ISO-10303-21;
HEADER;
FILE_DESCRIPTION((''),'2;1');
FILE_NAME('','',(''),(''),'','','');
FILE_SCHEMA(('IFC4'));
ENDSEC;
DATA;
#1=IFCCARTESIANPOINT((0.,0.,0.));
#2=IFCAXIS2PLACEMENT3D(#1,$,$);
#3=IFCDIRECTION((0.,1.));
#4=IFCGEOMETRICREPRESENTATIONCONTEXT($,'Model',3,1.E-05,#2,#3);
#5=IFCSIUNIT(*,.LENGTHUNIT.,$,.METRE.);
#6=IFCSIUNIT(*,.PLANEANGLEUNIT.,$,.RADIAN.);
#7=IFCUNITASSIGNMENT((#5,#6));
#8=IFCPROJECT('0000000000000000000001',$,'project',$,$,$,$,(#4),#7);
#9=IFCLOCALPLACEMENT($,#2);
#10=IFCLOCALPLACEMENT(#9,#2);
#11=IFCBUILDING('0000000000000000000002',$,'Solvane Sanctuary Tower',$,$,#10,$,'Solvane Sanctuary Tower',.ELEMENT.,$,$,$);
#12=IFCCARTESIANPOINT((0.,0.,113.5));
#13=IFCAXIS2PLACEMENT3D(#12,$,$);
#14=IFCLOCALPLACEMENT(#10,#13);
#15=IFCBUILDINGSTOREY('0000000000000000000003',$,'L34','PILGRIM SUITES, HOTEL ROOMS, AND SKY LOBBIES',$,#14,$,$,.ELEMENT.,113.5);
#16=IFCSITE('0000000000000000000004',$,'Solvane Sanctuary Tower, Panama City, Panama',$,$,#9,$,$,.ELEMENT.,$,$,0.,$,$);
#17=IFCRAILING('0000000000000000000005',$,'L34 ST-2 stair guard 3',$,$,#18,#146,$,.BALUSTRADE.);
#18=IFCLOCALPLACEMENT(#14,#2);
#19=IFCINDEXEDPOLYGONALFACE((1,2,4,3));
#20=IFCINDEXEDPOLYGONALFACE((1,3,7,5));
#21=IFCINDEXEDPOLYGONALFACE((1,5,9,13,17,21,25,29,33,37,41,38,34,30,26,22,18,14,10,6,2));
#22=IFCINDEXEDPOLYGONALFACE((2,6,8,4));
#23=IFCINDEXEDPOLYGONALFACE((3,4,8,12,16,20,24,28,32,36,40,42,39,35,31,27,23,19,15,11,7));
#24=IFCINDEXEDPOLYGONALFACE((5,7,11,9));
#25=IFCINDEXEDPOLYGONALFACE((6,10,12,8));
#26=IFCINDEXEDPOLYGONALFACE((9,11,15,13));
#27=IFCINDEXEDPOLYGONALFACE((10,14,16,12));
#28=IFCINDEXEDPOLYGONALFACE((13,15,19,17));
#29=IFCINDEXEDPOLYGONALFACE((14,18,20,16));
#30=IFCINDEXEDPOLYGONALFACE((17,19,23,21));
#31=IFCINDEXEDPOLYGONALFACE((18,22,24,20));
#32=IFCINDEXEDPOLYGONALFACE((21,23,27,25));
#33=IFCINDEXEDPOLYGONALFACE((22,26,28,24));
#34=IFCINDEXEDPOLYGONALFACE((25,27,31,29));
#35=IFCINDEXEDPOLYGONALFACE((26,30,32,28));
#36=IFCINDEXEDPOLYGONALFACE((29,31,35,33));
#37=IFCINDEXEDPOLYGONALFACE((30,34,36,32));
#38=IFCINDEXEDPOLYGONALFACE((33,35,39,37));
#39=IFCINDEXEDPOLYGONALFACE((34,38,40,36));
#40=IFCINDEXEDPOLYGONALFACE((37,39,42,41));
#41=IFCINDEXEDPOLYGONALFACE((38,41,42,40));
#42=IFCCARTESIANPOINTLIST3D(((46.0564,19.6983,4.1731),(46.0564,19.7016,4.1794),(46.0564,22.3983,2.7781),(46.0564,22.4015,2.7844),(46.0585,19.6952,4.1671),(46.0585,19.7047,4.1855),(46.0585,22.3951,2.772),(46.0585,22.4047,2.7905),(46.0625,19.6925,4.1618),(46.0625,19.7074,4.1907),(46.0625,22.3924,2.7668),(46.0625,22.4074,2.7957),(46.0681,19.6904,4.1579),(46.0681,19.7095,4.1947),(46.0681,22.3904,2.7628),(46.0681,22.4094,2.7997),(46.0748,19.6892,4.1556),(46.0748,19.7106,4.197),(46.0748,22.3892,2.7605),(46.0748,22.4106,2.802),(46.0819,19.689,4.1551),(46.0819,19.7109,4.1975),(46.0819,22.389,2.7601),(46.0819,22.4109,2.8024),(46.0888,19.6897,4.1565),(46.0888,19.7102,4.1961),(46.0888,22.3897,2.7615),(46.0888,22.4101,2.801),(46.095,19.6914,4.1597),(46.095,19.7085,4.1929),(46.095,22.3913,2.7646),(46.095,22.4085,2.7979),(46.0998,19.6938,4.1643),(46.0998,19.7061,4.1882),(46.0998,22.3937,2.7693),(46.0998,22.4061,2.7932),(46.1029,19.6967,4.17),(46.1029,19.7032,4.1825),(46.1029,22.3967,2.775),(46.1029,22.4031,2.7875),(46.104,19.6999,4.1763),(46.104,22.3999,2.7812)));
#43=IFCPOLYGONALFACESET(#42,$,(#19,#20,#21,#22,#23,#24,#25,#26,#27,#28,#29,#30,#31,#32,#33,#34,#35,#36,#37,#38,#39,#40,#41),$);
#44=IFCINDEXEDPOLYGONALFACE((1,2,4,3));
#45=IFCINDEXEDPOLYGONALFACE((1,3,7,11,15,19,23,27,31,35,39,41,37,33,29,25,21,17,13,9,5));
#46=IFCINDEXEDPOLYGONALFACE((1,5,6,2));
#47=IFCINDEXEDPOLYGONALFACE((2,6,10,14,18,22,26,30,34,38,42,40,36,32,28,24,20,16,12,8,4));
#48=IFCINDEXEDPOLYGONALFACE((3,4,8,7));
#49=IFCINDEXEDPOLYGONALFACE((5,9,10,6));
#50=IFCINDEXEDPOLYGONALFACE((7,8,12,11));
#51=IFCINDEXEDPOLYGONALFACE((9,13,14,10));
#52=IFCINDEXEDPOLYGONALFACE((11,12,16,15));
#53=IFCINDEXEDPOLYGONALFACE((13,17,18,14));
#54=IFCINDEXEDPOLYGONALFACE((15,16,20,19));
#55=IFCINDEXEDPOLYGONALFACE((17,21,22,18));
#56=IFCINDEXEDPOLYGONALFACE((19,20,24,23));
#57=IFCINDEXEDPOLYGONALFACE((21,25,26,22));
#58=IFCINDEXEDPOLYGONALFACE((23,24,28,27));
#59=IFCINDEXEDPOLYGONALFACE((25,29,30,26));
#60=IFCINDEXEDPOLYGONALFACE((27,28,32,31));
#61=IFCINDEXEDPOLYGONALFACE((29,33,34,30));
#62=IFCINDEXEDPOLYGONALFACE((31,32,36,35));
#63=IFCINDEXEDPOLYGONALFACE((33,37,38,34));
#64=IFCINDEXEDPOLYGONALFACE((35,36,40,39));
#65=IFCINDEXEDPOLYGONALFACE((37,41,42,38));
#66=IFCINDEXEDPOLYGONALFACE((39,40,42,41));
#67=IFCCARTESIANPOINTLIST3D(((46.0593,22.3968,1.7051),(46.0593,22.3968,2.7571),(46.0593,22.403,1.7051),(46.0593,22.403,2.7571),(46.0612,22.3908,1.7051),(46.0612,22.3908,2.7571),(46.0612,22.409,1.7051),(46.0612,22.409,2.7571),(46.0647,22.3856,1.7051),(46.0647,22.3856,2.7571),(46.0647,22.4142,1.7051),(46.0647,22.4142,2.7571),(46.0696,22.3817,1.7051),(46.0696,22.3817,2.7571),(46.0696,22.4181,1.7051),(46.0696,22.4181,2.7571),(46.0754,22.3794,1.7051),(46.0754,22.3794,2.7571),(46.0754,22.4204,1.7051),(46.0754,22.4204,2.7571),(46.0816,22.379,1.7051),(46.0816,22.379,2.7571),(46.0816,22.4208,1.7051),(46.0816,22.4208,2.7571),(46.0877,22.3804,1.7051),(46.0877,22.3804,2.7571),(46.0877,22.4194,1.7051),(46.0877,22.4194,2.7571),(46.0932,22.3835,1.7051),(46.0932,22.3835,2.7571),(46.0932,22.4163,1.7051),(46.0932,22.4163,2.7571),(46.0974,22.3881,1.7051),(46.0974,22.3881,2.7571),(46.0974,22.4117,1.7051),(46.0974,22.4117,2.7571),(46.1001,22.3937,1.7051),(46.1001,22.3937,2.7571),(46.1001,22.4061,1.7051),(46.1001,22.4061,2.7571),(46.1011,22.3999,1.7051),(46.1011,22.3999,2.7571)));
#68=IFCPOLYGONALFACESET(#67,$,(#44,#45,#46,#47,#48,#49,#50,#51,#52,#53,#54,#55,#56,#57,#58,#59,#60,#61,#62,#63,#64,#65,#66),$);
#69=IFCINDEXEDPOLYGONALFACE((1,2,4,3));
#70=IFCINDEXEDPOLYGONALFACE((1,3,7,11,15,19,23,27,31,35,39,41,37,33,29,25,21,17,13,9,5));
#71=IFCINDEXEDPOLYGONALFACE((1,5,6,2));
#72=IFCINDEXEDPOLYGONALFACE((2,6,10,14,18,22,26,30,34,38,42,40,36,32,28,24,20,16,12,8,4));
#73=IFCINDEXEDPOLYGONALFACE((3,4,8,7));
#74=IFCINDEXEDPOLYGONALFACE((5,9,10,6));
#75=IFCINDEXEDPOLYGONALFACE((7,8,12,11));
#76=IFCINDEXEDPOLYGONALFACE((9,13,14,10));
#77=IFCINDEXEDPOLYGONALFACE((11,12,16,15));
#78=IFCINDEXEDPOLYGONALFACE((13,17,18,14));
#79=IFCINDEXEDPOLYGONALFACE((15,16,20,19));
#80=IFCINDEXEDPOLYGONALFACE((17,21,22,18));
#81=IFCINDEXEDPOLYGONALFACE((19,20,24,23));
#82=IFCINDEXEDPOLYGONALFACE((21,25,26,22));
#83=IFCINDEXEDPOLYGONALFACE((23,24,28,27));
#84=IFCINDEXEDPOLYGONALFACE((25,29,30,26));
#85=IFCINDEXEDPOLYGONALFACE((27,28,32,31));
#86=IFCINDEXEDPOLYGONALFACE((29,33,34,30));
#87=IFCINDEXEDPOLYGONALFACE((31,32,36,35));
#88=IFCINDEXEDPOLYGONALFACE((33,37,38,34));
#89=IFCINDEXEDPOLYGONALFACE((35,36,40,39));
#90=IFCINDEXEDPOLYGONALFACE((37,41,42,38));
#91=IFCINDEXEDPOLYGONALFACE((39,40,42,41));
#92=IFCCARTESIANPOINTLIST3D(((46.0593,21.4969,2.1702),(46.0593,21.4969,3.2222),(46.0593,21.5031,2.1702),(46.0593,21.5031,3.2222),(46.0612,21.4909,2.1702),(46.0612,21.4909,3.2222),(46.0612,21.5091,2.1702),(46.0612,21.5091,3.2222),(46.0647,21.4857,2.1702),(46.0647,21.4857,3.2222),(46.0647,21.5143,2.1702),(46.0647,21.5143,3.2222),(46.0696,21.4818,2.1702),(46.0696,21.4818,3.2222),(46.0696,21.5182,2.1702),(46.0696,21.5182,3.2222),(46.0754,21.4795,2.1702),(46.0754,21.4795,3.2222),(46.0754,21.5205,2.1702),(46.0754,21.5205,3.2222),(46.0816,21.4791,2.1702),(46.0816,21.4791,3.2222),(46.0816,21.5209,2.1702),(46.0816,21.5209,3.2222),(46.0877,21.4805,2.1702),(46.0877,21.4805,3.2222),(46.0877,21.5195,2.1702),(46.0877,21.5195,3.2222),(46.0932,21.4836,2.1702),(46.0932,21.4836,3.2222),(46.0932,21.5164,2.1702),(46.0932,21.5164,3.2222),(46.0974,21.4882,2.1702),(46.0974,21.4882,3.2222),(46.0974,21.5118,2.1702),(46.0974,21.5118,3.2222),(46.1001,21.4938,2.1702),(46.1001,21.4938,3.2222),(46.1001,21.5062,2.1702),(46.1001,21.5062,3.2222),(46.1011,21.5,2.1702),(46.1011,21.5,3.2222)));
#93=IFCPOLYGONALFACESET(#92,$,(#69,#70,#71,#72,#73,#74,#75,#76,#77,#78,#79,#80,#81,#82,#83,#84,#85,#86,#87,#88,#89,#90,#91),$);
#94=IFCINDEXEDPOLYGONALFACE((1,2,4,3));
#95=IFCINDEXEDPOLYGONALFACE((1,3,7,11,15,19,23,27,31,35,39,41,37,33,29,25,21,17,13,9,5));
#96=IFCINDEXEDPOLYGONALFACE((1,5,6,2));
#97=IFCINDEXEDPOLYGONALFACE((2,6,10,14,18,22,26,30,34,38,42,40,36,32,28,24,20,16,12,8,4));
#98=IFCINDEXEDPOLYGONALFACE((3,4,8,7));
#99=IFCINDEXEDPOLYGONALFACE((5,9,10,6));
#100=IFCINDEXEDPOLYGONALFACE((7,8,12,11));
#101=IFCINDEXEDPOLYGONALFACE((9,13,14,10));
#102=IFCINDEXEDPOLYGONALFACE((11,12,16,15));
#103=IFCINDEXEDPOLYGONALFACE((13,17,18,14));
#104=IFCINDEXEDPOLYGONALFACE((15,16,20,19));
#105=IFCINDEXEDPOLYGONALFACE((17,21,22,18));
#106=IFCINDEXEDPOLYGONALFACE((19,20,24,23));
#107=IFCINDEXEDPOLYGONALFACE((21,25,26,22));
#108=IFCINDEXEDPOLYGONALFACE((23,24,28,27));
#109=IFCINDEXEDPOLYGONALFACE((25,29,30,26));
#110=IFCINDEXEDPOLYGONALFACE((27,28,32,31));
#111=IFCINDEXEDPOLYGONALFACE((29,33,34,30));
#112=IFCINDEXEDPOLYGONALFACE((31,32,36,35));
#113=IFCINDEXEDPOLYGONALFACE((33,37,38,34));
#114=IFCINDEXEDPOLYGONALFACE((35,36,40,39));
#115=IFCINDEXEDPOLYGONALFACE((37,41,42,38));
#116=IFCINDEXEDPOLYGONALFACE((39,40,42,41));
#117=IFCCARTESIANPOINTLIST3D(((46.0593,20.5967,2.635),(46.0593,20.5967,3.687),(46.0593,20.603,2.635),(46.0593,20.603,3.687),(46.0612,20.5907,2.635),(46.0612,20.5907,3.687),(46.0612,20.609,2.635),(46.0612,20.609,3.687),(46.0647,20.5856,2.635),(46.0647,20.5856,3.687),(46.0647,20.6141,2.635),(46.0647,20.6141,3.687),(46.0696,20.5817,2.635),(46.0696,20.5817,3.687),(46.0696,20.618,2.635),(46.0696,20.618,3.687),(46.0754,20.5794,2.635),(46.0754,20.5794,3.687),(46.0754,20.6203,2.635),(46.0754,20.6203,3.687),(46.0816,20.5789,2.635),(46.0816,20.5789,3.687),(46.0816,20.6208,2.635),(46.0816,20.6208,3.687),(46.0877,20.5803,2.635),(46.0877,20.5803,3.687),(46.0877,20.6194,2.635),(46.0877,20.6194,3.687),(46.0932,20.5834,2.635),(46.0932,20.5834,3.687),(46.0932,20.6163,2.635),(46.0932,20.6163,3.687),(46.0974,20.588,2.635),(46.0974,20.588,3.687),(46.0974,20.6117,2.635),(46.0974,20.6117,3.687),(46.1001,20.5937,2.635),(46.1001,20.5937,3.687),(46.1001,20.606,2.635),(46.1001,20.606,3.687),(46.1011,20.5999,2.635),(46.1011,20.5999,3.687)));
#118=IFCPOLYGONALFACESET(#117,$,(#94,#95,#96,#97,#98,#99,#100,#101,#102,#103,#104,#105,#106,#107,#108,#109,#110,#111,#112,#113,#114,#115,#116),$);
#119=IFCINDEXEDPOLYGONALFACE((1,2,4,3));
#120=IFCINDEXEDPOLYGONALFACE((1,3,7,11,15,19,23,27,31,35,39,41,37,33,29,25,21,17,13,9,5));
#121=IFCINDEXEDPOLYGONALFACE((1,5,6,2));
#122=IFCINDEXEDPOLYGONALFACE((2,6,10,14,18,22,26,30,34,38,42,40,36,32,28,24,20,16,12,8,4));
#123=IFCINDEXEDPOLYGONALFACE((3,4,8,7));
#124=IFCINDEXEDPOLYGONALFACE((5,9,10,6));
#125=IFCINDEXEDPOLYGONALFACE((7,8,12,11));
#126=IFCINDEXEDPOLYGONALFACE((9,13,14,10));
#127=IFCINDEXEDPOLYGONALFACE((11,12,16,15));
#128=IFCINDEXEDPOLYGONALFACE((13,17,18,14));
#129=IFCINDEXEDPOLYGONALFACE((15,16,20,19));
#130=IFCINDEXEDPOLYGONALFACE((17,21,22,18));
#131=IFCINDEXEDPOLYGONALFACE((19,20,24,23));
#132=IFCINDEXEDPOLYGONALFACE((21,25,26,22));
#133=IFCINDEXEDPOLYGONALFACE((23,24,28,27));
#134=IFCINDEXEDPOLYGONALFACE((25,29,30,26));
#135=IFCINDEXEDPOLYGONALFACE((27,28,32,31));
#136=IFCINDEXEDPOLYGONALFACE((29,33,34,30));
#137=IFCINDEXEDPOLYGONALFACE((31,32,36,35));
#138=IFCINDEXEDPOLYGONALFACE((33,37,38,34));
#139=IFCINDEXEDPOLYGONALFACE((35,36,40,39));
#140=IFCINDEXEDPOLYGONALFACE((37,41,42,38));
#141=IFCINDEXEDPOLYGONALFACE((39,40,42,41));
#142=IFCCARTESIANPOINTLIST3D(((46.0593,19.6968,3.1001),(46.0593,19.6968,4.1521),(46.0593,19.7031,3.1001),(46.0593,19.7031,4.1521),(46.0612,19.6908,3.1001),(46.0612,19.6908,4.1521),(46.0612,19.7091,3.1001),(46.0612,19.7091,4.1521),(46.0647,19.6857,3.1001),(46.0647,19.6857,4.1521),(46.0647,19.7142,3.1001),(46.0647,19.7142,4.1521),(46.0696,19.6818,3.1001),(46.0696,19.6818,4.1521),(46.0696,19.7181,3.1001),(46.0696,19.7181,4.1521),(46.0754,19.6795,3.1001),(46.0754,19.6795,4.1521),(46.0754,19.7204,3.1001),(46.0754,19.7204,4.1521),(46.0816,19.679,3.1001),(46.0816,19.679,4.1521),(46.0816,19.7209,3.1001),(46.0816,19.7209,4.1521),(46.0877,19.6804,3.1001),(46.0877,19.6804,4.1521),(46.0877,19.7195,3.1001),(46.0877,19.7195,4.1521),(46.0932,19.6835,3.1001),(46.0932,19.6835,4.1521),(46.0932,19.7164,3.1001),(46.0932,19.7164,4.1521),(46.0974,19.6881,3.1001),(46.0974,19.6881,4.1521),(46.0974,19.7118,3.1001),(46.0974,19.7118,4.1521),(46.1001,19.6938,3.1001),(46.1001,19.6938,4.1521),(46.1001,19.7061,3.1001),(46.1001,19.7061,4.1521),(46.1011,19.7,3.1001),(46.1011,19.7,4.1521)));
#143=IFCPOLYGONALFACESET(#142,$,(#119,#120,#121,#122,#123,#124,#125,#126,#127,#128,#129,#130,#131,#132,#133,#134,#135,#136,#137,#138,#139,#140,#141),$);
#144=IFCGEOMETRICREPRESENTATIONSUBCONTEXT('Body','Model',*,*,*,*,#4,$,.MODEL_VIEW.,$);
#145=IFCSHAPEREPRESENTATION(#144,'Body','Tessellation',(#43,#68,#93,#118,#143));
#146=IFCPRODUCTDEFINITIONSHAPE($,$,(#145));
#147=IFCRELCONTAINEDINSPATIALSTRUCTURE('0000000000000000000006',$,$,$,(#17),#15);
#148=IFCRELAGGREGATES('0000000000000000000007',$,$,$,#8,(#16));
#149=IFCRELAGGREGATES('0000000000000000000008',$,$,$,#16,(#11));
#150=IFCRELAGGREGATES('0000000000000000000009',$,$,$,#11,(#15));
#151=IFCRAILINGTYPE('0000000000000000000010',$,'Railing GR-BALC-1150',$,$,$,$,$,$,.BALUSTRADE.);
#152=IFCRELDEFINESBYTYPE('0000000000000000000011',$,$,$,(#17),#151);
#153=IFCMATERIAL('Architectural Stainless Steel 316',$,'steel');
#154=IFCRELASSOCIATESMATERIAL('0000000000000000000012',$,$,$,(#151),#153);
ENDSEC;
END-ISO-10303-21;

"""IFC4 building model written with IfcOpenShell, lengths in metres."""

from ifc_helpers import new_model, si_unit, direction, frame, origin, origin_2d, place, context, subcontext, project, spatial, circle, extrude, material, type_object, element, save


model = new_model("IFC4")

# Units and contexts
model_context = context("Model", 3, precision=1e-05, world=origin(), true_north=direction((0.0, 1.0)))
body_context = subcontext(model_context, "Body", "Model", "MODEL_VIEW")
ifc_project = project(units=[si_unit("LENGTHUNIT", "METRE"), si_unit("PLANEANGLEUNIT", "RADIAN")], contexts=[model_context])

# Site, building, storey
site_placement = place(None, origin())
site = spatial("IfcSite", under=ifc_project, at=site_placement, Name="Solvane Sanctuary Tower, Panama City, Panama", CompositionType="ELEMENT", RefElevation=0.0)
building_placement = place(site_placement, origin())
building = spatial("IfcBuilding", under=site, at=building_placement, Name="Solvane Sanctuary Tower", LongName="Solvane Sanctuary Tower", CompositionType="ELEMENT")
storey_placement = place(building_placement, frame((0.0, 0.0, 113.5)))
storey = spatial("IfcBuildingStorey", under=building, at=storey_placement, Name="L34", Description="PILGRIM SUITES, HOTEL ROOMS, AND SKY LOBBIES", CompositionType="ELEMENT", Elevation=113.5)

# Shared definitions
ifc_material_1 = material(Name="Architectural Stainless Steel 316", Category="steel")

# Railing
railing_type_1 = type_object("IfcRailingType", Name="Railing GR-BALC-1150", PredefinedType="BALUSTRADE", material=ifc_material_1)
railing_1_placement = place(storey_placement, frame((46.0801, 22.3999, 1.7051)))
element("IfcRailing", 1, at=railing_1_placement, inside=storey, type_object=railing_type_1, Name="L34 ST-2 stair guard 3", PredefinedType="BALUSTRADE", context=body_context, shape_type="SweptSolid", body=[
    extrude(circle(Radius=0.0239, at=origin_2d()), frame((0.0, 0.0, 1.0762), z_axis=(0.0, -0.88842, 0.459032), x_axis=(1.0, 0.0, 0.0)), (0.0, 0.0, 1.0), 3.0391),
    extrude(circle(Radius=0.021, at=origin_2d()), origin(), (0.0, 0.0, 1.0), 1.052),
    extrude(circle(Radius=0.021, at=origin_2d()), frame((0.0, -0.8999, 0.4651)), (0.0, 0.0, 1.0), 1.052),
    extrude(circle(Radius=0.021, at=origin_2d()), frame((0.0, -1.8, 0.9299)), (0.0, 0.0, 1.0), 1.052),
    extrude(circle(Radius=0.021, at=origin_2d()), frame((0.0, -2.7, 1.395)), (0.0, 0.0, 1.0), 1.052),
])

save(model, "model.ifc")
